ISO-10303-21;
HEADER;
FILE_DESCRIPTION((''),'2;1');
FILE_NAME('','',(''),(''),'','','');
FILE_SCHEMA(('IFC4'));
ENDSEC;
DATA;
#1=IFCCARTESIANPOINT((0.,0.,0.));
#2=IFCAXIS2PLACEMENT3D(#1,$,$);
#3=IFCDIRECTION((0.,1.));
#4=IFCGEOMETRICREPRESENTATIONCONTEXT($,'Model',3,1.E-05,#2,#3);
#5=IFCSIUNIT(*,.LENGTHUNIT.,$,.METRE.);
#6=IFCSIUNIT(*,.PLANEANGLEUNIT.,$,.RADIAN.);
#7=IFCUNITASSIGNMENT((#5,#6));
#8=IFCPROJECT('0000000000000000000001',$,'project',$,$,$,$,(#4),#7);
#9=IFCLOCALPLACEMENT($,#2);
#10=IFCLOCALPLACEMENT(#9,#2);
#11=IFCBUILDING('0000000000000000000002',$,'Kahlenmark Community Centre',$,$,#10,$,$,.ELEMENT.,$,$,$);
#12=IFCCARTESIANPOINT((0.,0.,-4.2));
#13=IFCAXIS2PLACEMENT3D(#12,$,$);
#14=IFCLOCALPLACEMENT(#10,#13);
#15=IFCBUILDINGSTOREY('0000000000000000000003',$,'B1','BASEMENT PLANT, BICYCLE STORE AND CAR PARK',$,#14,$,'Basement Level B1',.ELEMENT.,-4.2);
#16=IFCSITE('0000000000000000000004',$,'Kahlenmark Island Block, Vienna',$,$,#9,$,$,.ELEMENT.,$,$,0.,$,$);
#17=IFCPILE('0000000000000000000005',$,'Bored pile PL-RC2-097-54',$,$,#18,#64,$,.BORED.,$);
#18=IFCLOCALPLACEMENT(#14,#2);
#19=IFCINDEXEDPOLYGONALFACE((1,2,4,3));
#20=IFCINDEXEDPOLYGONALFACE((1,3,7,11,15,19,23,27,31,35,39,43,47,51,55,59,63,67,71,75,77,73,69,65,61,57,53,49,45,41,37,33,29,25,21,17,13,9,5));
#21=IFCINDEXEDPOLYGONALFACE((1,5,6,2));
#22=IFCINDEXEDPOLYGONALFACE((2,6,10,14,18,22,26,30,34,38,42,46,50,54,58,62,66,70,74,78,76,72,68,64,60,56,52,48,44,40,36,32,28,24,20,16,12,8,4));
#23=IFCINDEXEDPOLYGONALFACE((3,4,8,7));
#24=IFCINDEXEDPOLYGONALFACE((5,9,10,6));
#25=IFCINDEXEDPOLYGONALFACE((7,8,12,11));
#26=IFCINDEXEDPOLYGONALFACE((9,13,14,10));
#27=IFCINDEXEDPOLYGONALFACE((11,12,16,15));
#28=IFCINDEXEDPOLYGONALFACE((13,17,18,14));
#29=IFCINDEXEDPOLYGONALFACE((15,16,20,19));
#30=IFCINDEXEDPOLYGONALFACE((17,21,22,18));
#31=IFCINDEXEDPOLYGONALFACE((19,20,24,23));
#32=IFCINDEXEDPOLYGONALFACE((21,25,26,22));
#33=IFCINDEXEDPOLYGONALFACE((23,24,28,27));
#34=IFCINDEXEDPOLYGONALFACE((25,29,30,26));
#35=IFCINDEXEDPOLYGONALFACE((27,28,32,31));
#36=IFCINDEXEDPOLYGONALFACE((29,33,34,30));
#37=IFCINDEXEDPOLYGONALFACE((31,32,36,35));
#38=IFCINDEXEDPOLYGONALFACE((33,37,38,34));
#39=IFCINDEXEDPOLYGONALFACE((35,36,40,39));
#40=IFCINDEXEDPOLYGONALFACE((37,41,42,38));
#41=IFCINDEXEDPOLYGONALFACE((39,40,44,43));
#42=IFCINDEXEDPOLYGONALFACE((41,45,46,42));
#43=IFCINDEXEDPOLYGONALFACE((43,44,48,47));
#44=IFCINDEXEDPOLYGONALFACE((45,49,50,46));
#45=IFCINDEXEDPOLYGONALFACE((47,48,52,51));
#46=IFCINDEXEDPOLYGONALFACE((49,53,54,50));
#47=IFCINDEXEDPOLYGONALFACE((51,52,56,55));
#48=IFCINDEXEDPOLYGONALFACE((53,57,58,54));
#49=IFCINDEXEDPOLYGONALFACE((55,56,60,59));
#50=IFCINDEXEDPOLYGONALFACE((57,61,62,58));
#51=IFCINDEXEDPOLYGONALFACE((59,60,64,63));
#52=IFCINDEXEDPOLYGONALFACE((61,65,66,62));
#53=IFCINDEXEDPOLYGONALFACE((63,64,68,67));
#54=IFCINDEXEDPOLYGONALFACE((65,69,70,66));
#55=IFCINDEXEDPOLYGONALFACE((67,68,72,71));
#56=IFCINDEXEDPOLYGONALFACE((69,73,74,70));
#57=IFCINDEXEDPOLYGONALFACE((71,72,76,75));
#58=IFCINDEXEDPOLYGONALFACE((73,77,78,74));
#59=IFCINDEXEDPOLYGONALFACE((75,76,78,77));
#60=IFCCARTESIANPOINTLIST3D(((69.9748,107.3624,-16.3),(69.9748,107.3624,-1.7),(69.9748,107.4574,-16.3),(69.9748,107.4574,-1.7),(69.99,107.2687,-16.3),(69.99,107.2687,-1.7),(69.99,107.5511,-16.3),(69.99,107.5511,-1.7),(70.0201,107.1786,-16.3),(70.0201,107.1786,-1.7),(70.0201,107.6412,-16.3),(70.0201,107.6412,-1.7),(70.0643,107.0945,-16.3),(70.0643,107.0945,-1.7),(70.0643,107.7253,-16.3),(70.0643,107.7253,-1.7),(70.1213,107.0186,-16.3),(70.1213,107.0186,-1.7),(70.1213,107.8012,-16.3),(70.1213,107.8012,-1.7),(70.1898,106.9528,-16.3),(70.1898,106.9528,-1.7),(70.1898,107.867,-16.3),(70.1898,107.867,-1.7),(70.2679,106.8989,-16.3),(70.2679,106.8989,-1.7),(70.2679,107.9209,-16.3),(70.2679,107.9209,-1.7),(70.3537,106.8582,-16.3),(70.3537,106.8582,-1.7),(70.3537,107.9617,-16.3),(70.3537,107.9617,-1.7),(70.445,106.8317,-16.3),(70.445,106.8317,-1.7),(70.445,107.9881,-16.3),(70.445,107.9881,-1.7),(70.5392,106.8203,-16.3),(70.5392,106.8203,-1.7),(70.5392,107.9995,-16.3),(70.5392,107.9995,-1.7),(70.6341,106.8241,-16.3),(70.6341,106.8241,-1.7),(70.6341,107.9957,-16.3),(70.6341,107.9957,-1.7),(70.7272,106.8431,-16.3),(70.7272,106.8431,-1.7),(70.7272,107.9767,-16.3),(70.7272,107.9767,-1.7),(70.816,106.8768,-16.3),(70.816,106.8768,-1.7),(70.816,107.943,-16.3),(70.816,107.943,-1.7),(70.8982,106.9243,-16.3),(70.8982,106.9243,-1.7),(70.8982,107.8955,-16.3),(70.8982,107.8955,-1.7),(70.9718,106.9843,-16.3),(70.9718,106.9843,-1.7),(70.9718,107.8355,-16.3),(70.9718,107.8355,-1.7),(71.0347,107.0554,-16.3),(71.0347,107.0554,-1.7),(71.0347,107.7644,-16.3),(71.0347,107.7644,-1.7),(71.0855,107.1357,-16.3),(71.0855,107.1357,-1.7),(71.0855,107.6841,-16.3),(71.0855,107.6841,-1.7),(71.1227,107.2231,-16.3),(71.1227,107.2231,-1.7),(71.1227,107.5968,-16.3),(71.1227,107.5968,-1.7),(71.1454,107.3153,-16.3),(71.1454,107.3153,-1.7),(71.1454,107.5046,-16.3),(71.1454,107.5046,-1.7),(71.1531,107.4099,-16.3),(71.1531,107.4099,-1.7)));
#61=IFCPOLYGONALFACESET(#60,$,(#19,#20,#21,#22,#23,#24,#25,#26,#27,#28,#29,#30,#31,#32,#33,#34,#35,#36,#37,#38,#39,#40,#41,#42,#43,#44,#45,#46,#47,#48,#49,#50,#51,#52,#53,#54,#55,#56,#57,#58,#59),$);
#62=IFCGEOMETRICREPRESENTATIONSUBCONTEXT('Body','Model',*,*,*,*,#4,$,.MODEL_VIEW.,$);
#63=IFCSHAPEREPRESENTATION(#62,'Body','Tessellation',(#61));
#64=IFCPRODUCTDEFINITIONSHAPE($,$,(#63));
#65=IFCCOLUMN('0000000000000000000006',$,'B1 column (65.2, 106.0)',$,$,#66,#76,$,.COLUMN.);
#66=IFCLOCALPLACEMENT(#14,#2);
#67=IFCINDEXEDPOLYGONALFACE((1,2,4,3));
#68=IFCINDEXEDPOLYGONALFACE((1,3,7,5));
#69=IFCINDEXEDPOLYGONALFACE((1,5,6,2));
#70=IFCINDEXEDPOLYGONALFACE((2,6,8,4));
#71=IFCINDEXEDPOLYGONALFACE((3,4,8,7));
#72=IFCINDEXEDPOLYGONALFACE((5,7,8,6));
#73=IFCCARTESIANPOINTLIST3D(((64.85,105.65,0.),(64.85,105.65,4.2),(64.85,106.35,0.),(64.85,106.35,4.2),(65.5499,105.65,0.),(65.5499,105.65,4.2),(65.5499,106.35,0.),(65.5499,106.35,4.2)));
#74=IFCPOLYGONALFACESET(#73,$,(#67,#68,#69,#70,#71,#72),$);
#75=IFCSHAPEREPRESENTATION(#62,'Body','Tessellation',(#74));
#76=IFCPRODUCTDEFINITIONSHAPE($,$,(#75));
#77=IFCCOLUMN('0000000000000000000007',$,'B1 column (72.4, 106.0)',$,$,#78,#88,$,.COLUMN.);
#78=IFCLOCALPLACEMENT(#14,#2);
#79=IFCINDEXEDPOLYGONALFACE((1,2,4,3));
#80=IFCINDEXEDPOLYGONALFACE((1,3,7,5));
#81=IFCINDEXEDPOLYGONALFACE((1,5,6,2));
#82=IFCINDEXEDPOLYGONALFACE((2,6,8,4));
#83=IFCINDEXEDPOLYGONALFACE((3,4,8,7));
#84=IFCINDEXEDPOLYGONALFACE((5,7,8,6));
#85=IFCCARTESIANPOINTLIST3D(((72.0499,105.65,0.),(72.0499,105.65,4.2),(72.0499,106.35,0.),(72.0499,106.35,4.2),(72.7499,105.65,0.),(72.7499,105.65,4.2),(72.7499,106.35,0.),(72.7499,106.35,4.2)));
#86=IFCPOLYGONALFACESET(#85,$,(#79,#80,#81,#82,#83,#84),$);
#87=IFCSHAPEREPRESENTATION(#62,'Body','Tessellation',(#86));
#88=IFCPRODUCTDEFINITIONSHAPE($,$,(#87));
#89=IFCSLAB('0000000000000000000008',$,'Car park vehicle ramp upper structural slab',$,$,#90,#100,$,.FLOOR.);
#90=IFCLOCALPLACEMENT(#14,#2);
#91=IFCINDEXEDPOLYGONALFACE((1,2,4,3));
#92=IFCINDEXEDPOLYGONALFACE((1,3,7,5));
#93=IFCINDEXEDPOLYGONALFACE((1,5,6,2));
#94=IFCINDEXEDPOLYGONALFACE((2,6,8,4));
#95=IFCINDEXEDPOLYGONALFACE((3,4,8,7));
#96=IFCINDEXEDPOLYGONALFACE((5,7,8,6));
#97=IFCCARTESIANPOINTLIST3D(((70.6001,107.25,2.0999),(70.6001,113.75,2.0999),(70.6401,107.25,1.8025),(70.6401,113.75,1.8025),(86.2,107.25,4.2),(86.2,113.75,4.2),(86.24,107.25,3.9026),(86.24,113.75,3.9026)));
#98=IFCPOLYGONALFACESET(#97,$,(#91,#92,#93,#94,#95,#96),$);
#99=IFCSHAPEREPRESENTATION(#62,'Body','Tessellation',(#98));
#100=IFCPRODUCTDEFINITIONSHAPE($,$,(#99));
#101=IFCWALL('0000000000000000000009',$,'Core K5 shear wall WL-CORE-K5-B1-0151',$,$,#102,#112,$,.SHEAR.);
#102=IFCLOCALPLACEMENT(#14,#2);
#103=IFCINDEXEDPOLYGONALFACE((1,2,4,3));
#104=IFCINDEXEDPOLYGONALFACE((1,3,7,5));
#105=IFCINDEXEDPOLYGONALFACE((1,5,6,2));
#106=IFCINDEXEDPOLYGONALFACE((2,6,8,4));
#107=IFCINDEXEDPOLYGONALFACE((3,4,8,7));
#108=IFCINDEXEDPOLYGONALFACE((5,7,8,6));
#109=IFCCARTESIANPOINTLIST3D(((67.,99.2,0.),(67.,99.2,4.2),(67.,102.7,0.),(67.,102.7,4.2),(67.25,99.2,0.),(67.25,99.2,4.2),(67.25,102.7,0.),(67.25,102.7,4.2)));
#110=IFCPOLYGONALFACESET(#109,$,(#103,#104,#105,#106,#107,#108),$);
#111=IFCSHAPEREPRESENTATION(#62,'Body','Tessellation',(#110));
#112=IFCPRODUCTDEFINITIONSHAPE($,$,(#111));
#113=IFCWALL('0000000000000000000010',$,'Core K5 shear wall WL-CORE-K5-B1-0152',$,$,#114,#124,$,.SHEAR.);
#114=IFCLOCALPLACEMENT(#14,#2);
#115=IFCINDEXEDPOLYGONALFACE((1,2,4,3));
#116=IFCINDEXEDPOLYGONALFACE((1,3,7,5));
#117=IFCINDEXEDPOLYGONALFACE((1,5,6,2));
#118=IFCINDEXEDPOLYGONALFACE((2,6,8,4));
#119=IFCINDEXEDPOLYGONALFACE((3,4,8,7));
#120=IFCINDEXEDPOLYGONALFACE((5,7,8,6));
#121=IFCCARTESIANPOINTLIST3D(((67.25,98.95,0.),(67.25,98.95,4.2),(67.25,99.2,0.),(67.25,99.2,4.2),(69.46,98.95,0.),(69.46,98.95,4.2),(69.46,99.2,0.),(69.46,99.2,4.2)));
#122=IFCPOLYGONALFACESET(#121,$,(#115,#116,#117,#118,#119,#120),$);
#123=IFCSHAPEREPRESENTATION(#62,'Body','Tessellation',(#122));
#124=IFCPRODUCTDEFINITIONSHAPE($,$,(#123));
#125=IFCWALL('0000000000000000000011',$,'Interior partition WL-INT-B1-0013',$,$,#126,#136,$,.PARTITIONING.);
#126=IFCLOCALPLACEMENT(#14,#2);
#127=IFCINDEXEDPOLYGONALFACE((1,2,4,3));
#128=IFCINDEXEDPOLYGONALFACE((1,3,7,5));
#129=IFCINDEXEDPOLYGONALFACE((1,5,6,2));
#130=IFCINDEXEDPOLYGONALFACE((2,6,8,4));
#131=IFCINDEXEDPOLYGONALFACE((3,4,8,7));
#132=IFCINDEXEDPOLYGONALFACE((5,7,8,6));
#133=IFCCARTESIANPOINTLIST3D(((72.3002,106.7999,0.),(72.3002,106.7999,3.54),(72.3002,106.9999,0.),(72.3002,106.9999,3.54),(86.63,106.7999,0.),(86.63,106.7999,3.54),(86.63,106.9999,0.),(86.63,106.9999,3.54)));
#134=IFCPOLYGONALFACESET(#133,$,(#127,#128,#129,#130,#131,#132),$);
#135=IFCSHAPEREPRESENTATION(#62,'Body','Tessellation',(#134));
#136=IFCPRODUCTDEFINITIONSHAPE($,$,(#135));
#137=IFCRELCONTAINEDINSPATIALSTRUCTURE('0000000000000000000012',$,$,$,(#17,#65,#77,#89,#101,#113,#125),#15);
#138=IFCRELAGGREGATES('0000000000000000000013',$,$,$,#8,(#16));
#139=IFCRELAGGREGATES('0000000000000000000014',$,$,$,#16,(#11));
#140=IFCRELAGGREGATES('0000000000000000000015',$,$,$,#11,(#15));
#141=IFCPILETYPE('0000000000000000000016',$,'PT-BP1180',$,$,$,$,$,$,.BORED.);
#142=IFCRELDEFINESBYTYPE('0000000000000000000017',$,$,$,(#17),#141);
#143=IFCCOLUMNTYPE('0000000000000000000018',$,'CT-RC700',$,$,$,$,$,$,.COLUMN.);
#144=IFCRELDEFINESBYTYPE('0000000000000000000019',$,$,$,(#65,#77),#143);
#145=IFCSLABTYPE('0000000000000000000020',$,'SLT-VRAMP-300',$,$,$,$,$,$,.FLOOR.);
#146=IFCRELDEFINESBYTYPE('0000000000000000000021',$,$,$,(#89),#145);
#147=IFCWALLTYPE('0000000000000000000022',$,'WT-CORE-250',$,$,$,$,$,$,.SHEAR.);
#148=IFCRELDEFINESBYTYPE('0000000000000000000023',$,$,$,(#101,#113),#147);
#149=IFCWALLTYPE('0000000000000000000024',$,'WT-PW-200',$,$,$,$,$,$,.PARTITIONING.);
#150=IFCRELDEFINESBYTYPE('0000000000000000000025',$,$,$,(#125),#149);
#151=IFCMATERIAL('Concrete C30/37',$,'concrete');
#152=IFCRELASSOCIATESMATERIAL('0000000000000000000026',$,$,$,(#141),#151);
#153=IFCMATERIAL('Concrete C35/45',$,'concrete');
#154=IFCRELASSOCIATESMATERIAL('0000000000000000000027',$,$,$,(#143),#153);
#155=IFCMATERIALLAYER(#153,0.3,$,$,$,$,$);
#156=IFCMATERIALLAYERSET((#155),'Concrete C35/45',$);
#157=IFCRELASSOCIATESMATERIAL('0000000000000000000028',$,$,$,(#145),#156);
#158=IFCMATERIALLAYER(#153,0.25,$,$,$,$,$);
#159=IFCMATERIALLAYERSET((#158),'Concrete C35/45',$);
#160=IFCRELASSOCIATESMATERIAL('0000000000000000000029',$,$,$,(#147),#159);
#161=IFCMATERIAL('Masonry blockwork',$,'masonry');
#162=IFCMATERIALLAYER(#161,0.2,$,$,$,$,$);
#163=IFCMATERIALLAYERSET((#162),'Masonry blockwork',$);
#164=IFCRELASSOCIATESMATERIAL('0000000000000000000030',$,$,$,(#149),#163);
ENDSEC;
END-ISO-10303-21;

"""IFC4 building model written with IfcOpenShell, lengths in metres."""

from ifc_helpers import new_model, si_unit, direction, frame, frame_2d, origin, origin_2d, place, context, subcontext, project, spatial, polyline, rectangle, circle, outline, extrude, material, layer, layer_set, material_profile, profile_set, type_object, element, save


model = new_model("IFC4")

# Units and contexts
model_context = context("Model", 3, precision=1e-05, world=origin(), true_north=direction((0.0, 1.0)))
body_context = subcontext(model_context, "Body", "Model", "MODEL_VIEW")
ifc_project = project(units=[si_unit("LENGTHUNIT", "METRE"), si_unit("PLANEANGLEUNIT", "RADIAN")], contexts=[model_context])

# Site, building, storey
site_placement = place(None, origin())
site = spatial("IfcSite", under=ifc_project, at=site_placement, Name="Kahlenmark Island Block, Vienna", CompositionType="ELEMENT", RefElevation=0.0)
building_placement = place(site_placement, origin())
building = spatial("IfcBuilding", under=site, at=building_placement, Name="Kahlenmark Community Centre", CompositionType="ELEMENT")
storey_placement = place(building_placement, frame((0.0, 0.0, -4.2)))
storey = spatial("IfcBuildingStorey", under=building, at=storey_placement, Name="B1", Description="BASEMENT PLANT, BICYCLE STORE AND CAR PARK", LongName="Basement Level B1", CompositionType="ELEMENT", Elevation=-4.2)

# Pile
ifc_material_1 = material(Name="Concrete C30/37", Category="concrete")
ifc_material_profile_1 = material_profile(ifc_material_1, circle(Radius=0.5901, at=origin_2d()), Name="BORED PILE 1180")
ifc_profile_set_1 = profile_set([ifc_material_profile_1], Name="Concrete C30/37")
pile_type = type_object("IfcPileType", Name="PT-BP1180", PredefinedType="BORED", material=ifc_profile_set_1)
for number, where, z_axis, x_axis, name in (
    (1, (70.563, 107.4099, -1.7), (0.0, 0.0, -1.0), (1.0, 0.0, 0.0), "Bored pile PL-RC2-097-54"),
):
    element("IfcPile", number, at=place(storey_placement, frame(where, z_axis=z_axis, x_axis=x_axis)), inside=storey, type_object=pile_type, Name=name, PredefinedType="BORED", context=body_context, shape_type="SweptSolid", body=[
        extrude(circle(Radius=0.5901, at=origin_2d()), origin(), (0.0, 0.0, 1.0), 14.6001),
    ])

# Columns
ifc_material_2 = material(Name="Concrete C35/45", Category="concrete")
ifc_material_profile_2 = material_profile(ifc_material_2, rectangle(XDim=0.7, YDim=0.7, at=origin_2d()), Name="RC 700x700")
ifc_profile_set_2 = profile_set([ifc_material_profile_2], Name="Concrete C35/45")
column_type = type_object("IfcColumnType", Name="CT-RC700", PredefinedType="COLUMN", material=ifc_profile_set_2)
for number, where, z_axis, x_axis, name in (
    (2, (65.2, 106.0, 0.0), (0.0, 0.0, 1.0), (1.0, 0.0, 0.0), "B1 column (65.2, 106.0)"),
    (3, (72.3999, 106.0, 0.0), (0.0, 0.0, 1.0), (1.0, 0.0, 0.0), "B1 column (72.4, 106.0)"),
):
    element("IfcColumn", number, at=place(storey_placement, frame(where, z_axis=z_axis, x_axis=x_axis)), inside=storey, type_object=column_type, Name=name, PredefinedType="COLUMN", context=body_context, shape_type="SweptSolid", body=[
        extrude(rectangle(XDim=0.7, YDim=0.7, at=origin_2d()), origin(), (0.0, 0.0, 1.0), 4.2),
    ])

# Slab
ifc_layer_1 = layer(ifc_material_2, 0.3)
ifc_layer_set_1 = layer_set([ifc_layer_1], Name="Concrete C35/45")
slab_type = type_object("IfcSlabType", Name="SLT-VRAMP-300", PredefinedType="FLOOR", material=ifc_layer_set_1)
slab_placement = place(storey_placement, frame((70.6001, 107.25, 2.0999), z_axis=(-0.133419, 0.0, 0.99106), x_axis=(0.99106, 0.0, 0.133419)))
element("IfcSlab", 4, at=slab_placement, inside=storey, type_object=slab_type, Name="Car park vehicle ramp upper structural slab", PredefinedType="FLOOR", context=body_context, shape_type="SweptSolid", body=[
    extrude(outline(polyline([(0.0, 0.0), (15.7406, 0.0), (15.7406, 6.5), (0.0, 6.5), (0.0, 0.0)])), origin(), (0.0, 0.0, -1.0), 0.3),
])

# Walls
ifc_layer_2 = layer(ifc_material_2, 0.25)
ifc_layer_set_2 = layer_set([ifc_layer_2], Name="Concrete C35/45")
wall_type_1 = type_object("IfcWallType", Name="WT-CORE-250", PredefinedType="SHEAR", material=ifc_layer_set_2)
wall_1_placement = place(storey_placement, frame((67.125, 99.2, 0.0), z_axis=(0.0, 0.0, 1.0), x_axis=(0.0, 1.0, 0.0)))
element("IfcWall", 5, at=wall_1_placement, inside=storey, type_object=wall_type_1, Name="Core K5 shear wall WL-CORE-K5-B1-0151", PredefinedType="SHEAR", context=body_context, shape_type="SweptSolid", body=[
    extrude(rectangle(XDim=3.5, YDim=0.25, at=frame_2d((1.75, 0.0))), origin(), (0.0, 0.0, 1.0), 4.2),
])
wall_2_placement = place(storey_placement, frame((67.25, 99.075, 0.0), z_axis=(0.0, 0.0, 1.0), x_axis=(1.0, 0.0, 0.0)))
element("IfcWall", 6, at=wall_2_placement, inside=storey, type_object=wall_type_1, Name="Core K5 shear wall WL-CORE-K5-B1-0152", PredefinedType="SHEAR", context=body_context, shape_type="SweptSolid", body=[
    extrude(rectangle(XDim=2.21, YDim=0.25, at=frame_2d((1.105, 0.0))), origin(), (0.0, 0.0, 1.0), 4.2),
])

# Wall
ifc_material_3 = material(Name="Masonry blockwork", Category="masonry")
ifc_layer_3 = layer(ifc_material_3, 0.2)
ifc_layer_set_3 = layer_set([ifc_layer_3], Name="Masonry blockwork")
wall_type_2 = type_object("IfcWallType", Name="WT-PW-200", PredefinedType="PARTITIONING", material=ifc_layer_set_3)
wall_3_placement = place(storey_placement, frame((72.3, 106.8999, 0.0), z_axis=(0.0, 0.0, 1.0), x_axis=(1.0, 0.0, 0.0)))
element("IfcWall", 7, at=wall_3_placement, inside=storey, type_object=wall_type_2, Name="Interior partition WL-INT-B1-0013", PredefinedType="PARTITIONING", context=body_context, shape_type="SweptSolid", body=[
    extrude(rectangle(XDim=14.3298, YDim=0.2, at=frame_2d((7.165, 0.0))), origin(), (0.0, 0.0, 1.0), 3.54),
])

save(model, "model.ifc")
